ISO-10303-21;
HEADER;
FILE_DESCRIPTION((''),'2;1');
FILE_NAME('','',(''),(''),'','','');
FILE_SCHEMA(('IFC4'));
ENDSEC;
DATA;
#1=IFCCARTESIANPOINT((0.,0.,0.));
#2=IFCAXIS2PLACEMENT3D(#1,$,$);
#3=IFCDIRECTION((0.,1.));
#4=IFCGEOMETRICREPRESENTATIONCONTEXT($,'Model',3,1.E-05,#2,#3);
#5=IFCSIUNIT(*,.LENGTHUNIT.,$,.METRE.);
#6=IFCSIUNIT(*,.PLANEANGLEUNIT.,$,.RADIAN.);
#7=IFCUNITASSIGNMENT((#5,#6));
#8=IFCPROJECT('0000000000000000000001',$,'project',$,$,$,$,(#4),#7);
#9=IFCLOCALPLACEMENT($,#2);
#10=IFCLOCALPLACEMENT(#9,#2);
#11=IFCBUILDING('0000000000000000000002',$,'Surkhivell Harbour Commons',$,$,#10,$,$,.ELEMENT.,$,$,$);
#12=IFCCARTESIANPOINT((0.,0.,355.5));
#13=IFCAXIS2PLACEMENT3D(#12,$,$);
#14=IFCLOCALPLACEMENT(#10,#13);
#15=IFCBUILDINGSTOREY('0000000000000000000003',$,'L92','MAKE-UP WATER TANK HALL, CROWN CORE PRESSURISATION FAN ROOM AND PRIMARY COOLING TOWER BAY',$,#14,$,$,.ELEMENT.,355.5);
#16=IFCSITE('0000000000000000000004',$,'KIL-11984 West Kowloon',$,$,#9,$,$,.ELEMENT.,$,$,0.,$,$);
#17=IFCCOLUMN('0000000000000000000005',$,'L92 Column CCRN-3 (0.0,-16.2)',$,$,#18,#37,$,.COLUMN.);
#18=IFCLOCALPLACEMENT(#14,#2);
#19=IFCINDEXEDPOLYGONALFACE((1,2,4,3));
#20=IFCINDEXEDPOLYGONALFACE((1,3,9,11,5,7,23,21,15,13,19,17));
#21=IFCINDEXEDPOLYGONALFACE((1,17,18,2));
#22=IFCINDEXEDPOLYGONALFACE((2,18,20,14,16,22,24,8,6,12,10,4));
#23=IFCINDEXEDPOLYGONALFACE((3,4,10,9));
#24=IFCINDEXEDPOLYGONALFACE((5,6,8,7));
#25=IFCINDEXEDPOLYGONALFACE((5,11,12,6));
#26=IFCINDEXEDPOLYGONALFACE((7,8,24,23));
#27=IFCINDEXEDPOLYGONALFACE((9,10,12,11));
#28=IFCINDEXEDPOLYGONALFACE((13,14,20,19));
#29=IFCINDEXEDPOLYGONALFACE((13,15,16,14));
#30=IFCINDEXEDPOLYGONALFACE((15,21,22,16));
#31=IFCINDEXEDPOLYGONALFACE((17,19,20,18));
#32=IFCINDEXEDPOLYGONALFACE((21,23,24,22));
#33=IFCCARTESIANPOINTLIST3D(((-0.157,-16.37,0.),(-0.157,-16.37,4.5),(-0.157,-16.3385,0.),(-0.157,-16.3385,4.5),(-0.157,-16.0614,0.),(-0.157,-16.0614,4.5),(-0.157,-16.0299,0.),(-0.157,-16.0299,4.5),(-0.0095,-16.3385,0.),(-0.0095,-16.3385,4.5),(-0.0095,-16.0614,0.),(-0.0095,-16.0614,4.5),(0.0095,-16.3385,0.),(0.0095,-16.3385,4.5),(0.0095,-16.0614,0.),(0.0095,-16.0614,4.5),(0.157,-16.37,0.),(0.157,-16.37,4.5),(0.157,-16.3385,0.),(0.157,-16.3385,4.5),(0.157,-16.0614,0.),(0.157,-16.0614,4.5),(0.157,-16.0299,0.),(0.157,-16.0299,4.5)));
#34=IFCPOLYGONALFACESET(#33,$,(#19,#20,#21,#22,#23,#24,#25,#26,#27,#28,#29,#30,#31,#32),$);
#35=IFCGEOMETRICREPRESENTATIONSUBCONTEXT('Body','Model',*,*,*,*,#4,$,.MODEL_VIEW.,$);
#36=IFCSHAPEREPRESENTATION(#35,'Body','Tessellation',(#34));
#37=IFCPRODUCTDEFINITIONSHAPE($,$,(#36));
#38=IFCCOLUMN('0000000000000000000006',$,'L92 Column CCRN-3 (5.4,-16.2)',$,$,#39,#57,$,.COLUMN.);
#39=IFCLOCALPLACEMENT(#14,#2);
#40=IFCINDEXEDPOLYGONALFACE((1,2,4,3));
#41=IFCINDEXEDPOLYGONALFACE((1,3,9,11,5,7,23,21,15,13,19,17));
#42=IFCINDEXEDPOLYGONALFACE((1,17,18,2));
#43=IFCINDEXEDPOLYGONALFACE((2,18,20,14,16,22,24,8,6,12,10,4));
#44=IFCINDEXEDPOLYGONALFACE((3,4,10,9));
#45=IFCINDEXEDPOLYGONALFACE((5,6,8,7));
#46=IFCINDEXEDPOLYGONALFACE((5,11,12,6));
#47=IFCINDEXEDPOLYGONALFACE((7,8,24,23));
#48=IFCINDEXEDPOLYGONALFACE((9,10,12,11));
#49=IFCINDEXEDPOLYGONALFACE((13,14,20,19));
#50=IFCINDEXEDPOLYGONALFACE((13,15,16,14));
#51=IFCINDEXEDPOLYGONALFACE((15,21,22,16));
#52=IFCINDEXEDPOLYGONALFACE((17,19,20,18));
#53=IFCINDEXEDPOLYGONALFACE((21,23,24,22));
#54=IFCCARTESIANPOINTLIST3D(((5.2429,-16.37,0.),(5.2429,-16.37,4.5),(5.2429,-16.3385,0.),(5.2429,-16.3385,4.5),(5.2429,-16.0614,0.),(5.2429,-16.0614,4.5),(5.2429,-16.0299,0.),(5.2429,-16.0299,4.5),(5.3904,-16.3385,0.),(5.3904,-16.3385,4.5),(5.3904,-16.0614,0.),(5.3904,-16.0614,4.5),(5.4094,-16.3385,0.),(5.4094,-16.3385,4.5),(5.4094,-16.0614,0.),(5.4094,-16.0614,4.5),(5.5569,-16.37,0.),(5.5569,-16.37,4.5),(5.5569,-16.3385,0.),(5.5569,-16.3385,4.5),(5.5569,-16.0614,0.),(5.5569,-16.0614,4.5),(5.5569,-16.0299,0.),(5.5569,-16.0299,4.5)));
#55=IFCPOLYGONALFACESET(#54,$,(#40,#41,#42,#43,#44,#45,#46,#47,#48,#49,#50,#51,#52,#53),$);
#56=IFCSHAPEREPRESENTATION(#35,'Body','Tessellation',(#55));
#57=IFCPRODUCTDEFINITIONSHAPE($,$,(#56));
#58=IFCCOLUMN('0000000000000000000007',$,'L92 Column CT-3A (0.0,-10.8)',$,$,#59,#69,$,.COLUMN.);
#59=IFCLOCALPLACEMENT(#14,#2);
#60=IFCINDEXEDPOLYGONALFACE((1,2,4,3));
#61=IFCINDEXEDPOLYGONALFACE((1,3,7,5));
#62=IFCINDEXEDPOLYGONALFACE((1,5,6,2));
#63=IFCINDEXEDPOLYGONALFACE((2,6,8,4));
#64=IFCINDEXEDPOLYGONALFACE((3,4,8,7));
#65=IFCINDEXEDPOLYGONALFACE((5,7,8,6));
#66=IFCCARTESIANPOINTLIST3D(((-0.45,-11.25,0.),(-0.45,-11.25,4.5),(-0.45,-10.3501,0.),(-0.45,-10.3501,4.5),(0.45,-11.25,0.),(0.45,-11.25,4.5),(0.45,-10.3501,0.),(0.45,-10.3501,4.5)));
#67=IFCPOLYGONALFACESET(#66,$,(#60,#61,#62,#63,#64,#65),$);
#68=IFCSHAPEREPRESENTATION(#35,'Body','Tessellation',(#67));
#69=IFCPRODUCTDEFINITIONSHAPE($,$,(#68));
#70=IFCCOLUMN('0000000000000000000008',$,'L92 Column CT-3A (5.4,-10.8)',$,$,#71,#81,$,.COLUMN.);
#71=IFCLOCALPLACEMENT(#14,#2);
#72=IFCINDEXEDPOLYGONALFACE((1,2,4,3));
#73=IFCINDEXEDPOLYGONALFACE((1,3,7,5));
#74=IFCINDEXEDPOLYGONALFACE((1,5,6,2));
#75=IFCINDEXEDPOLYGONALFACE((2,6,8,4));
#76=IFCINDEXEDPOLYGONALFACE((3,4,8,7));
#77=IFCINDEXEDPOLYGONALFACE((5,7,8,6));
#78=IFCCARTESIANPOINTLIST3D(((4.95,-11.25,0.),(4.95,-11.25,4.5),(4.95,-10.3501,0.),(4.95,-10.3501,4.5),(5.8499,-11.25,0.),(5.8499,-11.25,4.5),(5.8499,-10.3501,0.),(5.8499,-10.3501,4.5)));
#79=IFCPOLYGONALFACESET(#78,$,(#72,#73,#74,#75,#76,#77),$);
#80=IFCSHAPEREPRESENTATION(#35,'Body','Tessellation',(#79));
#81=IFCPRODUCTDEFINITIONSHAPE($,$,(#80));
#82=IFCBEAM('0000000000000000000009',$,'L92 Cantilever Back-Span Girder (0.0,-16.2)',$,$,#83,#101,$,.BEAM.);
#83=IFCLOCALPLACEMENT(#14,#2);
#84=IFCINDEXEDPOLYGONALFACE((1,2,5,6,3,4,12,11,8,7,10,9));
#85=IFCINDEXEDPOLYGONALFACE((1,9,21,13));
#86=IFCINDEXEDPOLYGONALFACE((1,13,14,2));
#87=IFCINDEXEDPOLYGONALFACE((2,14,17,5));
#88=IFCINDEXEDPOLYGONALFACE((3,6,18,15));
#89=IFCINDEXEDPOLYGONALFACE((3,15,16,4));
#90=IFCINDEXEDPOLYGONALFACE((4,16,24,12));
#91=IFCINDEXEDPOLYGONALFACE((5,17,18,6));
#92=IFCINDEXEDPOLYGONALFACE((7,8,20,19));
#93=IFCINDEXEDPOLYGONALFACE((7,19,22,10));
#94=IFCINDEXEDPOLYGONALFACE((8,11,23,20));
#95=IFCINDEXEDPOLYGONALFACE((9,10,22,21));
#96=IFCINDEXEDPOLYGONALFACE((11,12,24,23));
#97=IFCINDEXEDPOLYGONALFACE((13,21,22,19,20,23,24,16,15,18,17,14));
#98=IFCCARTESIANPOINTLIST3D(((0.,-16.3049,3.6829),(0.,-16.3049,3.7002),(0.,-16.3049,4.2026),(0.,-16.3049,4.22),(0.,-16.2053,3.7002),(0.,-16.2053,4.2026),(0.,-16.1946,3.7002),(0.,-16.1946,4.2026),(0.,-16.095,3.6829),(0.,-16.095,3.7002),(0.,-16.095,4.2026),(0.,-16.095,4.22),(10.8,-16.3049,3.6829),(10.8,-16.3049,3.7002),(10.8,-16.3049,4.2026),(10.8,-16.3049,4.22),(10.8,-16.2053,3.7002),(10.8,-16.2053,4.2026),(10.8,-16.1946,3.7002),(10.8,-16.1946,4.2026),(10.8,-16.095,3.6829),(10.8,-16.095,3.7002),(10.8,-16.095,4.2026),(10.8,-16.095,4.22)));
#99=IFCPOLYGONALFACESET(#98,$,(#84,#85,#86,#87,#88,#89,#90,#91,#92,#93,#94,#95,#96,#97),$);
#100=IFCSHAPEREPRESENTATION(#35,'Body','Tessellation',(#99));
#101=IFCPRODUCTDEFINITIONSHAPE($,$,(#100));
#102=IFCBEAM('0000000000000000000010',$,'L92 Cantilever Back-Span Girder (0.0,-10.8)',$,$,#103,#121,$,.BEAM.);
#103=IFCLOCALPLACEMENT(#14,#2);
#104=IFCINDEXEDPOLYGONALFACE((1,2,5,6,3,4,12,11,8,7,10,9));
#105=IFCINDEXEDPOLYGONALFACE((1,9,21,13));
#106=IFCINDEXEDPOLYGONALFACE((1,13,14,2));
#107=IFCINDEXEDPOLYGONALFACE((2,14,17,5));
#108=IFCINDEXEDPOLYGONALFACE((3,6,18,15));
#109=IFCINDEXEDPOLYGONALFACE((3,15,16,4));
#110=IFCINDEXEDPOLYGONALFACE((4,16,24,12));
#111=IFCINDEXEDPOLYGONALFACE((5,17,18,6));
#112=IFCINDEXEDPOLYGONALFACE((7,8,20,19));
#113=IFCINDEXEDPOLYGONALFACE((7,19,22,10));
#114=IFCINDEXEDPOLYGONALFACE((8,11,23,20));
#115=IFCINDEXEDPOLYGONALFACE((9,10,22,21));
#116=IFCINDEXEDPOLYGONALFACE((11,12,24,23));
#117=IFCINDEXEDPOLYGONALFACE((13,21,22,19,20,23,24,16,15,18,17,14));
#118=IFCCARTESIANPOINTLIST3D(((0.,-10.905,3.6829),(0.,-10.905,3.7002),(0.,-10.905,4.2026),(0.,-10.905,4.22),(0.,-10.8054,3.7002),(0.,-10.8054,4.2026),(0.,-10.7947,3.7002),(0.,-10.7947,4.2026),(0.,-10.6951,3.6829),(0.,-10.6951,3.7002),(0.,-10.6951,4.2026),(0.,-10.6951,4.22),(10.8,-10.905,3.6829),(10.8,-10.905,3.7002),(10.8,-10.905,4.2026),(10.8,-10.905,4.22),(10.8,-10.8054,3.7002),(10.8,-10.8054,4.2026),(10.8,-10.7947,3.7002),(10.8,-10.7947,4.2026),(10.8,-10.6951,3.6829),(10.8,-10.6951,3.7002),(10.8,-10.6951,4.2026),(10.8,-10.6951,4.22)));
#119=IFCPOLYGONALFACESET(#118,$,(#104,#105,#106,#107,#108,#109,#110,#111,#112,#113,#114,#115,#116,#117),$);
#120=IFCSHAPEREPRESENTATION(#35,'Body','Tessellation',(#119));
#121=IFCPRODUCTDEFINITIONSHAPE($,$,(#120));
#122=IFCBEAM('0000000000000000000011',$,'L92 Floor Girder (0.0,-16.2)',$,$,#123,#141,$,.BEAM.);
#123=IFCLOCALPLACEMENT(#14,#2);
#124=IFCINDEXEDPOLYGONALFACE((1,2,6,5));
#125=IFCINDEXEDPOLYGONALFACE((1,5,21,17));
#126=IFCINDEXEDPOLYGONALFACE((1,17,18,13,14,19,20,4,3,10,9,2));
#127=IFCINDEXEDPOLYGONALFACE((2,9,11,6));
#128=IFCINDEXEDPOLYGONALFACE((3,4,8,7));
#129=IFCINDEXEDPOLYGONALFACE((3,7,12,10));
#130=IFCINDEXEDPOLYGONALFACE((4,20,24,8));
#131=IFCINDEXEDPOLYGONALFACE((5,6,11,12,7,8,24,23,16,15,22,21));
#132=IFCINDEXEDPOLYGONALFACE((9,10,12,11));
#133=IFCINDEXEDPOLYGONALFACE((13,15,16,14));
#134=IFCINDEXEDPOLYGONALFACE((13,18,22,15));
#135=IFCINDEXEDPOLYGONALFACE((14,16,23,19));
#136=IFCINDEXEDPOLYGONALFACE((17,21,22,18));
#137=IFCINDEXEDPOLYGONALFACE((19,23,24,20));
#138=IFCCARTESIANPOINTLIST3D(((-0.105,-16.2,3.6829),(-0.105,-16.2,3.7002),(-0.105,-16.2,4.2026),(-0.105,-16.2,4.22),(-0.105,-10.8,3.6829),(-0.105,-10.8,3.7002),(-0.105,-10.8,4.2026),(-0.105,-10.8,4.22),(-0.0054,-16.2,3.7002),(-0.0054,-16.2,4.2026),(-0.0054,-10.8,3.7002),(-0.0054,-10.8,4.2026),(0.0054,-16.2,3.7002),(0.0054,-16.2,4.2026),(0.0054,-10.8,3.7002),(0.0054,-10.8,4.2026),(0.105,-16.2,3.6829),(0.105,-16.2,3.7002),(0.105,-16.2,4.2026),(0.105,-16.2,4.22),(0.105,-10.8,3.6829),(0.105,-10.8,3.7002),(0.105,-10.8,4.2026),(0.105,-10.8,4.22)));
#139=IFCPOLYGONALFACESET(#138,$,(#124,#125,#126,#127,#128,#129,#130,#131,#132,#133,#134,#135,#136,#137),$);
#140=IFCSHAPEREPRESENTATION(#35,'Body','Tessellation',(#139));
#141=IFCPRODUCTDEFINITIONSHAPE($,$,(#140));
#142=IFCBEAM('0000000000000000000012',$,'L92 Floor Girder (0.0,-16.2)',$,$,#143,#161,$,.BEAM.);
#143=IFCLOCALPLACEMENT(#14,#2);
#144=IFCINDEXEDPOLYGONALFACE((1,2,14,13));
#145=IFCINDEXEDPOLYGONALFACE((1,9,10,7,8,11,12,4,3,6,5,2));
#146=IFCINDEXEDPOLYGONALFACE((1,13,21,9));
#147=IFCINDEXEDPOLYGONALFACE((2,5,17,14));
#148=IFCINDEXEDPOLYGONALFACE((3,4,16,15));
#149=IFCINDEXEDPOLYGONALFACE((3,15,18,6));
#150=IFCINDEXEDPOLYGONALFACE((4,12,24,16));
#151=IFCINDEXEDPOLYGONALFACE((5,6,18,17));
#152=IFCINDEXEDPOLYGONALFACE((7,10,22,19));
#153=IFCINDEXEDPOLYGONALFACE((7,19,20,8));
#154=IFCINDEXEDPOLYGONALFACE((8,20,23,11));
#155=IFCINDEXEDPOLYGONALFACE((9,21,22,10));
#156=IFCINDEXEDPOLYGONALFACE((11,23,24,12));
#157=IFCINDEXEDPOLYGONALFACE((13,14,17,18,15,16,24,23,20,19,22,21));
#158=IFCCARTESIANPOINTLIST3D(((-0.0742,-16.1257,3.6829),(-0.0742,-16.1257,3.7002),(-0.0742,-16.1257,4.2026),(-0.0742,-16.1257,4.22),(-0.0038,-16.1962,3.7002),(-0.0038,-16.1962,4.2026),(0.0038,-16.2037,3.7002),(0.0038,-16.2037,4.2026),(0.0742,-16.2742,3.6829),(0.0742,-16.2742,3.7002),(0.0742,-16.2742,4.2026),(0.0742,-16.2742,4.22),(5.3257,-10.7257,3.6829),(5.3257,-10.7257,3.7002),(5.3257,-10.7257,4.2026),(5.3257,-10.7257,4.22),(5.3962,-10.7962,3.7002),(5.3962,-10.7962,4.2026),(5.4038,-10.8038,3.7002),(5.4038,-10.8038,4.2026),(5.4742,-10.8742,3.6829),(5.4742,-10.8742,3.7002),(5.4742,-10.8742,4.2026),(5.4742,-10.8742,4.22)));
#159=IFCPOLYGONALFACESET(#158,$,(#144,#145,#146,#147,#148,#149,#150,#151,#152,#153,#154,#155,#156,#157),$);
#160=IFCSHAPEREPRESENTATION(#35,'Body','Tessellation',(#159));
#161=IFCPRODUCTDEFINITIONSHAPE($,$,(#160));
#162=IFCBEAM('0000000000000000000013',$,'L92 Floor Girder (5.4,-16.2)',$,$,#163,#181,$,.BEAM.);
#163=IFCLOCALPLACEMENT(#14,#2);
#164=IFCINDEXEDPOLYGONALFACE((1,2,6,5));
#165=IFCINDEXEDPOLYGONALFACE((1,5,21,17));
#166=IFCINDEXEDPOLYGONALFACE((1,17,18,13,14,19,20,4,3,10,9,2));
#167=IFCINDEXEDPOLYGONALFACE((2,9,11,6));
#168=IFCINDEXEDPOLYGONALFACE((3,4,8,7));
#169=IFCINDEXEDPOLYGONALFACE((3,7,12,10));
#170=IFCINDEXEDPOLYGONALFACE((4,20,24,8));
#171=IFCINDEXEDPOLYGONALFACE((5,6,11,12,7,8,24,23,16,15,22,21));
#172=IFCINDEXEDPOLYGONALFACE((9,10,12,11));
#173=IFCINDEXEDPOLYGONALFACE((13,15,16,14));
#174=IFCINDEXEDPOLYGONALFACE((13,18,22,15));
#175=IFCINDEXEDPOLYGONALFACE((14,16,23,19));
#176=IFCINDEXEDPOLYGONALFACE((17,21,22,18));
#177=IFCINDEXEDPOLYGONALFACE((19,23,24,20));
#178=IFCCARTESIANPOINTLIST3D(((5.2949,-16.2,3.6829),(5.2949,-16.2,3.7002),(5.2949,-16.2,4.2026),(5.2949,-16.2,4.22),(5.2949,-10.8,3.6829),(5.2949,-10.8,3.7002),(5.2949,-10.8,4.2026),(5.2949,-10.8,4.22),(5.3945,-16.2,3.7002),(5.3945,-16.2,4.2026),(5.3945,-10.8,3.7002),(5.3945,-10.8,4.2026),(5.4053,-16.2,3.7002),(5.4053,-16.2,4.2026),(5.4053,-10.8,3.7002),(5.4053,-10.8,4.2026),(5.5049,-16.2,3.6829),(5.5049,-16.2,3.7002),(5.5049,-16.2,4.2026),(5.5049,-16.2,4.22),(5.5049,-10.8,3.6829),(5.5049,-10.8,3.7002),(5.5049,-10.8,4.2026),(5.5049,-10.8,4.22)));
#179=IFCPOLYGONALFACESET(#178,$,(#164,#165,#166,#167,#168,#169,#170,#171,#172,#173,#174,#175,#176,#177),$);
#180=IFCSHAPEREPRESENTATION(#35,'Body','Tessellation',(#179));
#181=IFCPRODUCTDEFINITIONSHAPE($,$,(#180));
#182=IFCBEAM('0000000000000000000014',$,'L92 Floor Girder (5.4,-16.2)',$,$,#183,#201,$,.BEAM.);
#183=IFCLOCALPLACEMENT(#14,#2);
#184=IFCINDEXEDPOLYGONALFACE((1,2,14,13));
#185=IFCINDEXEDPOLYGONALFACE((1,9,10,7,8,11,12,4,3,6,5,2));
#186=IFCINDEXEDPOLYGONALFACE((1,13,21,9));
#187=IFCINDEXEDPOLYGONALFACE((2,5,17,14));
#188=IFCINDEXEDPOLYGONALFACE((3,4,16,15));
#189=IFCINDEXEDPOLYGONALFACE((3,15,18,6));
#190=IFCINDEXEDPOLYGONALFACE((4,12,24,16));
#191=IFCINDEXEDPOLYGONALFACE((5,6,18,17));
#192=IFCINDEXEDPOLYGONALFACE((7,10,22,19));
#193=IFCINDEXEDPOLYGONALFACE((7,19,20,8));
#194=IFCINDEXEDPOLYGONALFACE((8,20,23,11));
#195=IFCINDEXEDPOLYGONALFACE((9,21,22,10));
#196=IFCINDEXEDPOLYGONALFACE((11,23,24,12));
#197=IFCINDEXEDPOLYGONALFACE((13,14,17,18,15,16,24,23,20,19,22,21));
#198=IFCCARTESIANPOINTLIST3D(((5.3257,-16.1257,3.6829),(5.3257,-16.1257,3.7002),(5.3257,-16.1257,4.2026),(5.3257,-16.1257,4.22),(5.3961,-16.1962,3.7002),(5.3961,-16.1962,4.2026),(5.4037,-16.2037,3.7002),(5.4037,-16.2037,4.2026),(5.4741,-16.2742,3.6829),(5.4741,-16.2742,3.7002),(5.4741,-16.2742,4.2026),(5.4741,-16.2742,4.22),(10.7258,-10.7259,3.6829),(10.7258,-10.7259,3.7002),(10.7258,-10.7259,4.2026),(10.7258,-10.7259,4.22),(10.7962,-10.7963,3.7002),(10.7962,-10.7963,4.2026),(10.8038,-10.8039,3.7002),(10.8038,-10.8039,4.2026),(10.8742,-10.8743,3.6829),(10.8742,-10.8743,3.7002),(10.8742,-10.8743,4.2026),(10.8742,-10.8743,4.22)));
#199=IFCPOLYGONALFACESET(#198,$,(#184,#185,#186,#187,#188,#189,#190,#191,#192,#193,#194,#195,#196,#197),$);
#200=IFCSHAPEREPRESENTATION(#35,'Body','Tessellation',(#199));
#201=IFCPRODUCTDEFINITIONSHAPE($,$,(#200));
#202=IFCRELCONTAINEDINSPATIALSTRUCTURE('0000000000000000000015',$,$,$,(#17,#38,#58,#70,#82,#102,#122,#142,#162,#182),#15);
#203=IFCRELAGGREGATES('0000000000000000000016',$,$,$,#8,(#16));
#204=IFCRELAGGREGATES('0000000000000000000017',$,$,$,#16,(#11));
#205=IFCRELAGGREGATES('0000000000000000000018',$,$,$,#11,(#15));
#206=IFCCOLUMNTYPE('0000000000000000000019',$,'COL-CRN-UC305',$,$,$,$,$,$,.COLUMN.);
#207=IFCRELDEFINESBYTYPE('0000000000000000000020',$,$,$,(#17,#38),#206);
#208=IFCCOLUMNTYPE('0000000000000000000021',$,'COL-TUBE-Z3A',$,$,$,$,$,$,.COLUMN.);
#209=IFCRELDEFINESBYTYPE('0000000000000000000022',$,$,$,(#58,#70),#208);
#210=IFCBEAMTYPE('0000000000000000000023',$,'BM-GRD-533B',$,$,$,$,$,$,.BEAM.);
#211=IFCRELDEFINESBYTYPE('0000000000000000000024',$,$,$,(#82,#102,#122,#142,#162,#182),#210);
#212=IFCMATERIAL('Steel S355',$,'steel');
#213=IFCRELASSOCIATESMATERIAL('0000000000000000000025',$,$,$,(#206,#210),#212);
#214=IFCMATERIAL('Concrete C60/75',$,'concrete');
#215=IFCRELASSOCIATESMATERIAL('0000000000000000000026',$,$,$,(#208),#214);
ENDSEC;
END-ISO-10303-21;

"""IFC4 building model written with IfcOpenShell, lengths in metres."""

from ifc_helpers import new_model, si_unit, direction, frame, origin, origin_2d, place, context, subcontext, project, spatial, rectangle, i_section, extrude, material, material_profile, profile_set, type_object, element, save


model = new_model("IFC4")

# Units and contexts
model_context = context("Model", 3, precision=1e-05, world=origin(), true_north=direction((0.0, 1.0)))
body_context = subcontext(model_context, "Body", "Model", "MODEL_VIEW")
ifc_project = project(units=[si_unit("LENGTHUNIT", "METRE"), si_unit("PLANEANGLEUNIT", "RADIAN")], contexts=[model_context])

# Site, building, storey
site_placement = place(None, origin())
site = spatial("IfcSite", under=ifc_project, at=site_placement, Name="KIL-11984 West Kowloon", CompositionType="ELEMENT", RefElevation=0.0)
building_placement = place(site_placement, origin())
building = spatial("IfcBuilding", under=site, at=building_placement, Name="Surkhivell Harbour Commons", CompositionType="ELEMENT")
storey_placement = place(building_placement, frame((0.0, 0.0, 355.5)))
storey = spatial("IfcBuildingStorey", under=building, at=storey_placement, Name="L92", Description="MAKE-UP WATER TANK HALL, CROWN CORE PRESSURISATION FAN ROOM AND PRIMARY COOLING TOWER BAY", CompositionType="ELEMENT", Elevation=355.5)

# Columns
ifc_material_1 = material(Name="Steel S355", Category="steel")
ifc_material_profile_1 = material_profile(ifc_material_1, i_section(OverallWidth=0.314, OverallDepth=0.3401, WebThickness=0.019, FlangeThickness=0.0315, at=origin_2d()), Name="UC305x305x198")
ifc_profile_set_1 = profile_set([ifc_material_profile_1], Name="Steel S355")
column_type_1 = type_object("IfcColumnType", Name="COL-CRN-UC305", PredefinedType="COLUMN", material=ifc_profile_set_1)
for number, where, z_axis, x_axis, name in (
    (1, (0.0, -16.2, 0.0), (0.0, 0.0, 1.0), (1.0, 0.0, 0.0), "L92 Column CCRN-3 (0.0,-16.2)"),
    (2, (5.3999, -16.2, 0.0), (0.0, 0.0, 1.0), (1.0, 0.0, 0.0), "L92 Column CCRN-3 (5.4,-16.2)"),
):
    element("IfcColumn", number, at=place(storey_placement, frame(where, z_axis=z_axis, x_axis=x_axis)), inside=storey, type_object=column_type_1, Name=name, PredefinedType="COLUMN", context=body_context, shape_type="SweptSolid", body=[
        extrude(i_section(OverallWidth=0.314, OverallDepth=0.3401, WebThickness=0.019, FlangeThickness=0.0315, at=origin_2d()), origin(), (0.0, 0.0, 1.0), 4.5),
    ])
ifc_material_2 = material(Name="Concrete C60/75", Category="concrete")
ifc_material_profile_2 = material_profile(ifc_material_2, rectangle(XDim=0.8999, YDim=0.8999, at=origin_2d()), Name="RC-COL-900x900")
ifc_profile_set_2 = profile_set([ifc_material_profile_2], Name="Concrete C60/75")
column_type_2 = type_object("IfcColumnType", Name="COL-TUBE-Z3A", PredefinedType="COLUMN", material=ifc_profile_set_2)
for number, where, z_axis, x_axis, name in (
    (3, (0.0, -10.8, 0.0), (0.0, 0.0, 1.0), (1.0, 0.0, 0.0), "L92 Column CT-3A (0.0,-10.8)"),
    (4, (5.3999, -10.8, 0.0), (0.0, 0.0, 1.0), (1.0, 0.0, 0.0), "L92 Column CT-3A (5.4,-10.8)"),
):
    element("IfcColumn", number, at=place(storey_placement, frame(where, z_axis=z_axis, x_axis=x_axis)), inside=storey, type_object=column_type_2, Name=name, PredefinedType="COLUMN", context=body_context, shape_type="SweptSolid", body=[
        extrude(rectangle(XDim=0.8999, YDim=0.8999, at=origin_2d()), origin(), (0.0, 0.0, 1.0), 4.5),
    ])

# Beams
ifc_material_profile_3 = material_profile(ifc_material_1, i_section(OverallWidth=0.21, OverallDepth=0.5371, WebThickness=0.0107, FlangeThickness=0.0173, at=origin_2d()), Name="UB533x210x101")
ifc_profile_set_3 = profile_set([ifc_material_profile_3], Name="Steel S355")
beam_type = type_object("IfcBeamType", Name="BM-GRD-533B", PredefinedType="BEAM", material=ifc_profile_set_3)
for number, where, z_axis, x_axis, name in (
    (5, (0.0, -16.2, 3.9514), (1.0, 0.0, 0.0), (0.0, 1.0, 0.0), "L92 Cantilever Back-Span Girder (0.0,-16.2)"),
    (6, (0.0, -10.8, 3.9514), (1.0, 0.0, 0.0), (0.0, 1.0, 0.0), "L92 Cantilever Back-Span Girder (0.0,-10.8)"),
):
    element("IfcBeam", number, at=place(storey_placement, frame(where, z_axis=z_axis, x_axis=x_axis)), inside=storey, type_object=beam_type, Name=name, PredefinedType="BEAM", context=body_context, shape_type="SweptSolid", body=[
        extrude(i_section(OverallWidth=0.21, OverallDepth=0.5371, WebThickness=0.0107, FlangeThickness=0.0173, at=origin_2d()), origin(), (0.0, 0.0, 1.0), 10.8),
    ])
beam_1_placement = place(storey_placement, frame((0.0, -16.2, 3.9514), z_axis=(0.0, 1.0, 0.0), x_axis=(-1.0, 0.0, 0.0)))
element("IfcBeam", 7, at=beam_1_placement, inside=storey, type_object=beam_type, Name="L92 Floor Girder (0.0,-16.2)", PredefinedType="BEAM", context=body_context, shape_type="SweptSolid", body=[
    extrude(i_section(OverallWidth=0.21, OverallDepth=0.5371, WebThickness=0.0107, FlangeThickness=0.0173, at=origin_2d()), origin(), (0.0, 0.0, 1.0), 5.3999),
])
beam_2_placement = place(storey_placement, frame((0.0, -16.2, 3.9514), z_axis=(0.707107, 0.707107, 0.0), x_axis=(-0.707107, 0.707107, 0.0)))
element("IfcBeam", 8, at=beam_2_placement, inside=storey, type_object=beam_type, Name="L92 Floor Girder (0.0,-16.2)", PredefinedType="BEAM", context=body_context, shape_type="SweptSolid", body=[
    extrude(i_section(OverallWidth=0.21, OverallDepth=0.5371, WebThickness=0.0107, FlangeThickness=0.0173, at=origin_2d()), origin(), (0.0, 0.0, 1.0), 7.6367),
])
beam_3_placement = place(storey_placement, frame((5.3999, -16.2, 3.9514), z_axis=(0.0, 1.0, 0.0), x_axis=(-1.0, 0.0, 0.0)))
element("IfcBeam", 9, at=beam_3_placement, inside=storey, type_object=beam_type, Name="L92 Floor Girder (5.4,-16.2)", PredefinedType="BEAM", context=body_context, shape_type="SweptSolid", body=[
    extrude(i_section(OverallWidth=0.21, OverallDepth=0.5371, WebThickness=0.0107, FlangeThickness=0.0173, at=origin_2d()), origin(), (0.0, 0.0, 1.0), 5.3999),
])
beam_4_placement = place(storey_placement, frame((5.3999, -16.2, 3.9514), z_axis=(0.707123, 0.707091, 0.0), x_axis=(-0.707091, 0.707123, 0.0)))
element("IfcBeam", 10, at=beam_4_placement, inside=storey, type_object=beam_type, Name="L92 Floor Girder (5.4,-16.2)", PredefinedType="BEAM", context=body_context, shape_type="SweptSolid", body=[
    extrude(i_section(OverallWidth=0.21, OverallDepth=0.5371, WebThickness=0.0107, FlangeThickness=0.0173, at=origin_2d()), origin(), (0.0, 0.0, 1.0), 7.6367),
])

save(model, "model.ifc")
